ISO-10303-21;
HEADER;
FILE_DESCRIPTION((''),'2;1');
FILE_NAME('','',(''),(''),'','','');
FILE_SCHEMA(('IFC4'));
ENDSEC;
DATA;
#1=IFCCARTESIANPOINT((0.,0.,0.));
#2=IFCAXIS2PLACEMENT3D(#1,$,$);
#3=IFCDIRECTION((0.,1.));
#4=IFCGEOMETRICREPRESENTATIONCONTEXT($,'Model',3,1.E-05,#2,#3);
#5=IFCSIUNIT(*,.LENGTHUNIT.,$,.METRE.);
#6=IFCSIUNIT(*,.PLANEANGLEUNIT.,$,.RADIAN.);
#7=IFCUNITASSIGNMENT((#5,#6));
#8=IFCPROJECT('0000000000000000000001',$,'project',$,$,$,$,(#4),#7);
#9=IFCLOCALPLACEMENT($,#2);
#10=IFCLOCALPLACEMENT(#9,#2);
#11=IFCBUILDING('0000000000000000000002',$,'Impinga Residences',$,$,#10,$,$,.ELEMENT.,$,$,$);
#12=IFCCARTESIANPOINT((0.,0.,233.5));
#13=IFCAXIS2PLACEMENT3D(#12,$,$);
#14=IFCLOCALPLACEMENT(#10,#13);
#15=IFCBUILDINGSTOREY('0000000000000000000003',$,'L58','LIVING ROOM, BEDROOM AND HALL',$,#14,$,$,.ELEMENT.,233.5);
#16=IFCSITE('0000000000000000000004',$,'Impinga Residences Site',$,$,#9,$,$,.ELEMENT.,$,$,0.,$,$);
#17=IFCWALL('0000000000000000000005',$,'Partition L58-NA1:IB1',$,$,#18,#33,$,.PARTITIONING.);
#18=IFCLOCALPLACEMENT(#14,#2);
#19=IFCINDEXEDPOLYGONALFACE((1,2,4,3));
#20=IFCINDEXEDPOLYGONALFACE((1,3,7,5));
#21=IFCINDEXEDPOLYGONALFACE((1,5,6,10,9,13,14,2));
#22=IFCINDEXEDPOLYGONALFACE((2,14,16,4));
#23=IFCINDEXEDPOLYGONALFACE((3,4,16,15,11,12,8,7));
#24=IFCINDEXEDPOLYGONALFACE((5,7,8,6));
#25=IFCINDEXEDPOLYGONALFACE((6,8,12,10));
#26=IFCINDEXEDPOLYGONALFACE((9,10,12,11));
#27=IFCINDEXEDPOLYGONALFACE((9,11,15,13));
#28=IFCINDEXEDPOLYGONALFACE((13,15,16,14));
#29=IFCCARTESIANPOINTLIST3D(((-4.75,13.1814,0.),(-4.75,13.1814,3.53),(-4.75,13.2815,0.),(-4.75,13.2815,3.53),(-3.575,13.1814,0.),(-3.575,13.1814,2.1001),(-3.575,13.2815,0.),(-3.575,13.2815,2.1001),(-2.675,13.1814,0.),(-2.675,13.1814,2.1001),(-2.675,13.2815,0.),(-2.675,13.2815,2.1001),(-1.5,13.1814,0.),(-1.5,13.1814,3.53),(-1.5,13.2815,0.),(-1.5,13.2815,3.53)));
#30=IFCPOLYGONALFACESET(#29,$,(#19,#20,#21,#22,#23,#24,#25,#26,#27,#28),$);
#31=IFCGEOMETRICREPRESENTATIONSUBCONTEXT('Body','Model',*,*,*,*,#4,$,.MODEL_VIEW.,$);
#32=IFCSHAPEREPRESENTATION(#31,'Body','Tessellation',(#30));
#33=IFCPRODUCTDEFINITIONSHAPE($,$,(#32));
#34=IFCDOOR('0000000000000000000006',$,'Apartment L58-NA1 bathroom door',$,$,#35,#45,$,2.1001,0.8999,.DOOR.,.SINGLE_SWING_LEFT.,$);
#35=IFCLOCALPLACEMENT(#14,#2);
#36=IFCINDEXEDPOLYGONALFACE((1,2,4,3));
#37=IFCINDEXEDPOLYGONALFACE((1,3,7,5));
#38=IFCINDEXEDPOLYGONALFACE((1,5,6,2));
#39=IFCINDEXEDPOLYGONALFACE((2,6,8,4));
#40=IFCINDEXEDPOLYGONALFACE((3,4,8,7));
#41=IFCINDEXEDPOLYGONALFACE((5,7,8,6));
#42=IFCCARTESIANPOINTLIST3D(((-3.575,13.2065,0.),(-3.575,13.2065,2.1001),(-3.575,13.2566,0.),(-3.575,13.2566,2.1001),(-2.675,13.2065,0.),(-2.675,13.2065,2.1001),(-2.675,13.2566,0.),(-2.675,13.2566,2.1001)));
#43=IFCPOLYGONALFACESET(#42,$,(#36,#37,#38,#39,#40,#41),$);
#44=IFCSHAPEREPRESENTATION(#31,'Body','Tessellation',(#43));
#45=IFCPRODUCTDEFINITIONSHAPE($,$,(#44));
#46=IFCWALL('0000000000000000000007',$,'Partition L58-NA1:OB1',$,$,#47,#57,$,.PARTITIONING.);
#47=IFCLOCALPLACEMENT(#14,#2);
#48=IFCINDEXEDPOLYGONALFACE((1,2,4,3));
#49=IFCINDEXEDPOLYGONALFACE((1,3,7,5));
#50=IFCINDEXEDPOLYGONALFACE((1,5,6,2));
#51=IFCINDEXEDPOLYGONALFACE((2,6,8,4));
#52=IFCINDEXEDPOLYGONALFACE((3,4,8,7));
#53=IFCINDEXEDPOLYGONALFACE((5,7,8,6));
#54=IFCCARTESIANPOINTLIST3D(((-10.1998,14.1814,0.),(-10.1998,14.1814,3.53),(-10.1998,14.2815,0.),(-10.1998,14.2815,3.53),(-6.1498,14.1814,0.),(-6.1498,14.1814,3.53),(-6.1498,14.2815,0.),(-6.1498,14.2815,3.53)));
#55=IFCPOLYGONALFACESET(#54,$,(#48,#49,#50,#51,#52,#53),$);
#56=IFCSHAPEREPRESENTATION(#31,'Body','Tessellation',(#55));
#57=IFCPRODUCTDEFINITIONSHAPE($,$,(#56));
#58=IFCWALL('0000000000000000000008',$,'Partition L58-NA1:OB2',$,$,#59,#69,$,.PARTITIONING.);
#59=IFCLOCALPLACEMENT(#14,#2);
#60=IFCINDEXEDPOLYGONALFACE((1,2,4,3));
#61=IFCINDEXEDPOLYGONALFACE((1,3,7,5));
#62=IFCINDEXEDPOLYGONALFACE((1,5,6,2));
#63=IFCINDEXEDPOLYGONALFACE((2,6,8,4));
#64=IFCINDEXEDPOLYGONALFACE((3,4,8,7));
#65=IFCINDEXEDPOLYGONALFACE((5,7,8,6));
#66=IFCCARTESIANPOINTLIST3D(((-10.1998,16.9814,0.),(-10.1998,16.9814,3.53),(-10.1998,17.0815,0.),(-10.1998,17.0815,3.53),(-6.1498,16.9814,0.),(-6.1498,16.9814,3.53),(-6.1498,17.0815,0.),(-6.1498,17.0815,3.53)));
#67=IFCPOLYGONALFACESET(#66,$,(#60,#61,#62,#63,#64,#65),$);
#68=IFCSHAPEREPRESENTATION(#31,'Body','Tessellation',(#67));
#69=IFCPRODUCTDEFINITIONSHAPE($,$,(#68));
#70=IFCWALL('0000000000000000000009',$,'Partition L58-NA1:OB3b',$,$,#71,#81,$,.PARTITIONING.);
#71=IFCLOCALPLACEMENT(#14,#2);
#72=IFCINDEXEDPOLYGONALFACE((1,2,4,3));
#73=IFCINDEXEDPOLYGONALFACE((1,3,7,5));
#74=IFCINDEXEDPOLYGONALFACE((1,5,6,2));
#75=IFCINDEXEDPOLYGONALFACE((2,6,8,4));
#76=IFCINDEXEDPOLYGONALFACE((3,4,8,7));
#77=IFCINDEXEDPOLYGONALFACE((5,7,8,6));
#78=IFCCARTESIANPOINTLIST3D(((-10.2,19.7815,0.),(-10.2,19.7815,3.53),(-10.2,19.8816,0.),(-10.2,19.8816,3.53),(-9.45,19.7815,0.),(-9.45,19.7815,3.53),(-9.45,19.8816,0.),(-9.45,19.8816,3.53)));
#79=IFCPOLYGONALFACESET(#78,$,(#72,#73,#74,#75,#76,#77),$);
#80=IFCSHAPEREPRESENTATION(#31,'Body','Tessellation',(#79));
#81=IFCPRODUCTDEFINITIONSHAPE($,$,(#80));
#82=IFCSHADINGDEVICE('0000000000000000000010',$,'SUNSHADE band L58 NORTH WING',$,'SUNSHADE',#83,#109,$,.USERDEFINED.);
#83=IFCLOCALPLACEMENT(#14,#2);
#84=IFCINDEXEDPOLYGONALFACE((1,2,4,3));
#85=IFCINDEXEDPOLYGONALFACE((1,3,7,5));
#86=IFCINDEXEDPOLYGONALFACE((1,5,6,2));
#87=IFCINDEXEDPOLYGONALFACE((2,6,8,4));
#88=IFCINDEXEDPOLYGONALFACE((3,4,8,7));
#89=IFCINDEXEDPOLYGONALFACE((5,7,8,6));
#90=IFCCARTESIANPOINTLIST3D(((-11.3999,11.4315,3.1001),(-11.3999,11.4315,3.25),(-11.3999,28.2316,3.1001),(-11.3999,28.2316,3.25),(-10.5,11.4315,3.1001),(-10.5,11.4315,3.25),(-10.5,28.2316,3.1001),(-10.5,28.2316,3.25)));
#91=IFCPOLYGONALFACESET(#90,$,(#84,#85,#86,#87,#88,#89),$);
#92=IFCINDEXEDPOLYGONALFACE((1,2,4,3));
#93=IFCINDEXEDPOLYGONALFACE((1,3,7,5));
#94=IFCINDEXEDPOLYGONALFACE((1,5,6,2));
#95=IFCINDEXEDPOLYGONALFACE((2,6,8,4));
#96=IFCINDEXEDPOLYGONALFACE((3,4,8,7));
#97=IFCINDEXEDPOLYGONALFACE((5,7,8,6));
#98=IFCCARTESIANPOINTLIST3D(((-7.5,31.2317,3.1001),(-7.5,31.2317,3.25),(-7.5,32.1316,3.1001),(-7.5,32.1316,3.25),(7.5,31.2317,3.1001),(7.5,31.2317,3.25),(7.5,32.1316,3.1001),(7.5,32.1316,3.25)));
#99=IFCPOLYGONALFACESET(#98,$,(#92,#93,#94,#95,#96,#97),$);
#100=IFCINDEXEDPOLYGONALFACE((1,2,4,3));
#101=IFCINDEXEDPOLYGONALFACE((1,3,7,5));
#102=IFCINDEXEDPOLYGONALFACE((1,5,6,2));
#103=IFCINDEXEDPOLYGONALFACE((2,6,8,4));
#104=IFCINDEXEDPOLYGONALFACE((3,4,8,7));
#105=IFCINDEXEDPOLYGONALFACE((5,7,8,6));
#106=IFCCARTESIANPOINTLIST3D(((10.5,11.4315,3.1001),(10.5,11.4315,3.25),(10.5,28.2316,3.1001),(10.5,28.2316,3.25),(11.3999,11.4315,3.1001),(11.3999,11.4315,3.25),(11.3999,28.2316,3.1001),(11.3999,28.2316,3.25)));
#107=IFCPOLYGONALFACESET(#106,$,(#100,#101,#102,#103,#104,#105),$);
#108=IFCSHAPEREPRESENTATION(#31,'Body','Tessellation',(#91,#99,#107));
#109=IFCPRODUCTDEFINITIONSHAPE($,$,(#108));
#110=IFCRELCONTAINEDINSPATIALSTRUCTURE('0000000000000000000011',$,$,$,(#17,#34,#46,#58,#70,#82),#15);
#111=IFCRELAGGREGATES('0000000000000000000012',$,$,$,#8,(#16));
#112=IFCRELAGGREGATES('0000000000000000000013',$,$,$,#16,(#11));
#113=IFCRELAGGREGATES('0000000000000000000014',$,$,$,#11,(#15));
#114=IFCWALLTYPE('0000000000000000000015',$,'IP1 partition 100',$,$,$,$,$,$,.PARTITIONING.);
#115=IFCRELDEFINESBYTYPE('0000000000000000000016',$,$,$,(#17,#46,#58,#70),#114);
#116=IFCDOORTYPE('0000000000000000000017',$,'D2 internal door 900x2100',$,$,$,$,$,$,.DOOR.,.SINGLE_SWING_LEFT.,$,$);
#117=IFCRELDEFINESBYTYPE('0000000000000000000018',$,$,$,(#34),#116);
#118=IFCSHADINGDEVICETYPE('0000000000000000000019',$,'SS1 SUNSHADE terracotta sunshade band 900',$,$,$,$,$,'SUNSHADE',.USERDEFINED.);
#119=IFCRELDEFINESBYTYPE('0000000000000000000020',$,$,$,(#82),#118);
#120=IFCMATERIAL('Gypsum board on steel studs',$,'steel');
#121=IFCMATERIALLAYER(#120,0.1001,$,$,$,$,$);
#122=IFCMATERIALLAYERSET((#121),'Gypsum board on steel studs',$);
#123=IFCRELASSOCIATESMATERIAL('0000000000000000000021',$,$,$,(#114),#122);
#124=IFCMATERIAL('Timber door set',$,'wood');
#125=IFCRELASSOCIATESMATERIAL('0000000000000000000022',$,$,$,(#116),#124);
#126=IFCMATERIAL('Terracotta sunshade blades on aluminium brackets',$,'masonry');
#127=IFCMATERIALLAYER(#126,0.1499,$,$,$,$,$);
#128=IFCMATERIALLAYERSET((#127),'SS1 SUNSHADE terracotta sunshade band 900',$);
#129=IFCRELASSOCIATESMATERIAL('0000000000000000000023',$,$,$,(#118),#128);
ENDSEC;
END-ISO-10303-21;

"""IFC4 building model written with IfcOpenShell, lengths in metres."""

from ifc_helpers import new_model, si_unit, direction, frame, frame_2d, origin, origin_2d, place, context, subcontext, project, spatial, rectangle, extrude, material, layer, layer_set, type_object, element, fill, save


model = new_model("IFC4")

# Units and contexts
model_context = context("Model", 3, precision=1e-05, world=origin(), true_north=direction((0.0, 1.0)))
body_context = subcontext(model_context, "Body", "Model", "MODEL_VIEW")
ifc_project = project(units=[si_unit("LENGTHUNIT", "METRE"), si_unit("PLANEANGLEUNIT", "RADIAN")], contexts=[model_context])

# Site, building, storey
site_placement = place(None, origin())
site = spatial("IfcSite", under=ifc_project, at=site_placement, Name="Impinga Residences Site", CompositionType="ELEMENT", RefElevation=0.0)
building_placement = place(site_placement, origin())
building = spatial("IfcBuilding", under=site, at=building_placement, Name="Impinga Residences", CompositionType="ELEMENT")
storey_placement = place(building_placement, frame((0.0, 0.0, 233.5)))
storey = spatial("IfcBuildingStorey", under=building, at=storey_placement, Name="L58", Description="LIVING ROOM, BEDROOM AND HALL", CompositionType="ELEMENT", Elevation=233.5)

# Shared definitions
ifc_material_1 = material(Name="Gypsum board on steel studs", Category="steel")
ifc_layer_1 = layer(ifc_material_1, 0.1001)
ifc_layer_set_1 = layer_set([ifc_layer_1], Name="Gypsum board on steel studs")
wall_type_1 = type_object("IfcWallType", Name="IP1 partition 100", PredefinedType="PARTITIONING", material=ifc_layer_set_1)

# Shared definitions
ifc_material_2 = material(Name="Timber door set", Category="wood")
door_type = type_object("IfcDoorType", Name="D2 internal door 900x2100", OperationType="SINGLE_SWING_LEFT", PredefinedType="DOOR", material=ifc_material_2)

# Wall, opening, door
wall_1_placement = place(storey_placement, frame((-1.5, 13.2314, 0.0), z_axis=(0.0, 0.0, 1.0), x_axis=(-1.0, 0.0, 0.0)))
wall_1 = element("IfcWall", 1, at=wall_1_placement, inside=storey, type_object=wall_type_1, Name="Partition L58-NA1:IB1", PredefinedType="PARTITIONING", context=body_context, shape_type="SweptSolid", body=[
    extrude(rectangle(XDim=3.25, YDim=0.1001, at=frame_2d((1.625, 0.0))), origin(), (0.0, 0.0, 1.0), 3.53),
])
opening_1_placement = place(wall_1_placement, frame((1.175, 0.0, 0.0)))
opening_1 = element("IfcOpeningElement", 2, at=opening_1_placement, cuts=wall_1, PredefinedType="OPENING", context=body_context, shape_type="SweptSolid", body=[
    extrude(rectangle(XDim=0.8999, YDim=2.1001, at=frame_2d((0.45, 1.05))), frame((0.0, 0.0601, 0.0), z_axis=(0.0, -1.0, 0.0), x_axis=(1.0, 0.0, 0.0)), (0.0, 0.0, 1.0), 0.1201),
])
door_1_placement = place(opening_1_placement, origin())
door_1 = element("IfcDoor", 3, at=door_1_placement, inside=storey, type_object=door_type, Name="Apartment L58-NA1 bathroom door", OperationType="SINGLE_SWING_LEFT", OverallHeight=2.1001, OverallWidth=0.8999, PredefinedType="DOOR", context=body_context, shape_type="SweptSolid", body=[
    extrude(rectangle(XDim=0.8999, YDim=2.1001, at=frame_2d((0.45, 1.05))), frame((0.0, 0.0249, 0.0), z_axis=(0.0, -1.0, 0.0), x_axis=(1.0, 0.0, 0.0)), (0.0, 0.0, 1.0), 0.05),
])
fill(opening_1, door_1)

# Walls
for number, where, z_axis, x_axis, name in (
    (4, (-6.1499, 14.2314, 0.0), (0.0, 0.0, 1.0), (-1.0, 0.0, 0.0), "Partition L58-NA1:OB1"),
    (5, (-6.1499, 17.0315, 0.0), (0.0, 0.0, 1.0), (-1.0, 0.0, 0.0), "Partition L58-NA1:OB2"),
):
    element("IfcWall", number, at=place(storey_placement, frame(where, z_axis=z_axis, x_axis=x_axis)), inside=storey, type_object=wall_type_1, Name=name, PredefinedType="PARTITIONING", context=body_context, shape_type="SweptSolid", body=[
        extrude(rectangle(XDim=4.05, YDim=0.1001, at=frame_2d((2.0249, 0.0))), origin(), (0.0, 0.0, 1.0), 3.53),
    ])
wall_2_placement = place(storey_placement, frame((-9.45, 19.8315, 0.0), z_axis=(0.0, 0.0, 1.0), x_axis=(-1.0, 0.0, 0.0)))
element("IfcWall", 6, at=wall_2_placement, inside=storey, type_object=wall_type_1, Name="Partition L58-NA1:OB3b", PredefinedType="PARTITIONING", context=body_context, shape_type="SweptSolid", body=[
    extrude(rectangle(XDim=0.75, YDim=0.1001, at=frame_2d((0.375, 0.0))), origin(), (0.0, 0.0, 1.0), 3.53),
])

# Shading device
ifc_material_3 = material(Name="Terracotta sunshade blades on aluminium brackets", Category="masonry")
ifc_layer_2 = layer(ifc_material_3, 0.1499)
ifc_layer_set_2 = layer_set([ifc_layer_2], Name="SS1 SUNSHADE terracotta sunshade band 900")
shading_device_type = type_object("IfcShadingDeviceType", Name="SS1 SUNSHADE terracotta sunshade band 900", ElementType="SUNSHADE", PredefinedType="USERDEFINED", material=ifc_layer_set_2)
shading_device_placement = place(storey_placement, frame((-10.95, 19.8315, 3.1001), z_axis=(0.0, 0.0, 1.0), x_axis=(0.0, 1.0, 0.0)))
element("IfcShadingDevice", 7, at=shading_device_placement, inside=storey, type_object=shading_device_type, Name="SUNSHADE band L58 NORTH WING", ObjectType="SUNSHADE", PredefinedType="USERDEFINED", context=body_context, shape_type="SweptSolid", body=[
    extrude(rectangle(XDim=16.8, YDim=0.8999, at=origin_2d()), origin(), (0.0, 0.0, 1.0), 0.1499),
    extrude(rectangle(XDim=15.0, YDim=0.8999, at=origin_2d()), frame((11.8501, -10.95, 0.0), z_axis=(0.0, 0.0, 1.0), x_axis=(0.0, -1.0, 0.0)), (0.0, 0.0, 1.0), 0.1499),
    extrude(rectangle(XDim=16.8, YDim=0.8999, at=origin_2d()), frame((0.0, -21.8999, 0.0), z_axis=(0.0, 0.0, 1.0), x_axis=(-1.0, 0.0, 0.0)), (0.0, 0.0, 1.0), 0.1499),
])

save(model, "model.ifc")
